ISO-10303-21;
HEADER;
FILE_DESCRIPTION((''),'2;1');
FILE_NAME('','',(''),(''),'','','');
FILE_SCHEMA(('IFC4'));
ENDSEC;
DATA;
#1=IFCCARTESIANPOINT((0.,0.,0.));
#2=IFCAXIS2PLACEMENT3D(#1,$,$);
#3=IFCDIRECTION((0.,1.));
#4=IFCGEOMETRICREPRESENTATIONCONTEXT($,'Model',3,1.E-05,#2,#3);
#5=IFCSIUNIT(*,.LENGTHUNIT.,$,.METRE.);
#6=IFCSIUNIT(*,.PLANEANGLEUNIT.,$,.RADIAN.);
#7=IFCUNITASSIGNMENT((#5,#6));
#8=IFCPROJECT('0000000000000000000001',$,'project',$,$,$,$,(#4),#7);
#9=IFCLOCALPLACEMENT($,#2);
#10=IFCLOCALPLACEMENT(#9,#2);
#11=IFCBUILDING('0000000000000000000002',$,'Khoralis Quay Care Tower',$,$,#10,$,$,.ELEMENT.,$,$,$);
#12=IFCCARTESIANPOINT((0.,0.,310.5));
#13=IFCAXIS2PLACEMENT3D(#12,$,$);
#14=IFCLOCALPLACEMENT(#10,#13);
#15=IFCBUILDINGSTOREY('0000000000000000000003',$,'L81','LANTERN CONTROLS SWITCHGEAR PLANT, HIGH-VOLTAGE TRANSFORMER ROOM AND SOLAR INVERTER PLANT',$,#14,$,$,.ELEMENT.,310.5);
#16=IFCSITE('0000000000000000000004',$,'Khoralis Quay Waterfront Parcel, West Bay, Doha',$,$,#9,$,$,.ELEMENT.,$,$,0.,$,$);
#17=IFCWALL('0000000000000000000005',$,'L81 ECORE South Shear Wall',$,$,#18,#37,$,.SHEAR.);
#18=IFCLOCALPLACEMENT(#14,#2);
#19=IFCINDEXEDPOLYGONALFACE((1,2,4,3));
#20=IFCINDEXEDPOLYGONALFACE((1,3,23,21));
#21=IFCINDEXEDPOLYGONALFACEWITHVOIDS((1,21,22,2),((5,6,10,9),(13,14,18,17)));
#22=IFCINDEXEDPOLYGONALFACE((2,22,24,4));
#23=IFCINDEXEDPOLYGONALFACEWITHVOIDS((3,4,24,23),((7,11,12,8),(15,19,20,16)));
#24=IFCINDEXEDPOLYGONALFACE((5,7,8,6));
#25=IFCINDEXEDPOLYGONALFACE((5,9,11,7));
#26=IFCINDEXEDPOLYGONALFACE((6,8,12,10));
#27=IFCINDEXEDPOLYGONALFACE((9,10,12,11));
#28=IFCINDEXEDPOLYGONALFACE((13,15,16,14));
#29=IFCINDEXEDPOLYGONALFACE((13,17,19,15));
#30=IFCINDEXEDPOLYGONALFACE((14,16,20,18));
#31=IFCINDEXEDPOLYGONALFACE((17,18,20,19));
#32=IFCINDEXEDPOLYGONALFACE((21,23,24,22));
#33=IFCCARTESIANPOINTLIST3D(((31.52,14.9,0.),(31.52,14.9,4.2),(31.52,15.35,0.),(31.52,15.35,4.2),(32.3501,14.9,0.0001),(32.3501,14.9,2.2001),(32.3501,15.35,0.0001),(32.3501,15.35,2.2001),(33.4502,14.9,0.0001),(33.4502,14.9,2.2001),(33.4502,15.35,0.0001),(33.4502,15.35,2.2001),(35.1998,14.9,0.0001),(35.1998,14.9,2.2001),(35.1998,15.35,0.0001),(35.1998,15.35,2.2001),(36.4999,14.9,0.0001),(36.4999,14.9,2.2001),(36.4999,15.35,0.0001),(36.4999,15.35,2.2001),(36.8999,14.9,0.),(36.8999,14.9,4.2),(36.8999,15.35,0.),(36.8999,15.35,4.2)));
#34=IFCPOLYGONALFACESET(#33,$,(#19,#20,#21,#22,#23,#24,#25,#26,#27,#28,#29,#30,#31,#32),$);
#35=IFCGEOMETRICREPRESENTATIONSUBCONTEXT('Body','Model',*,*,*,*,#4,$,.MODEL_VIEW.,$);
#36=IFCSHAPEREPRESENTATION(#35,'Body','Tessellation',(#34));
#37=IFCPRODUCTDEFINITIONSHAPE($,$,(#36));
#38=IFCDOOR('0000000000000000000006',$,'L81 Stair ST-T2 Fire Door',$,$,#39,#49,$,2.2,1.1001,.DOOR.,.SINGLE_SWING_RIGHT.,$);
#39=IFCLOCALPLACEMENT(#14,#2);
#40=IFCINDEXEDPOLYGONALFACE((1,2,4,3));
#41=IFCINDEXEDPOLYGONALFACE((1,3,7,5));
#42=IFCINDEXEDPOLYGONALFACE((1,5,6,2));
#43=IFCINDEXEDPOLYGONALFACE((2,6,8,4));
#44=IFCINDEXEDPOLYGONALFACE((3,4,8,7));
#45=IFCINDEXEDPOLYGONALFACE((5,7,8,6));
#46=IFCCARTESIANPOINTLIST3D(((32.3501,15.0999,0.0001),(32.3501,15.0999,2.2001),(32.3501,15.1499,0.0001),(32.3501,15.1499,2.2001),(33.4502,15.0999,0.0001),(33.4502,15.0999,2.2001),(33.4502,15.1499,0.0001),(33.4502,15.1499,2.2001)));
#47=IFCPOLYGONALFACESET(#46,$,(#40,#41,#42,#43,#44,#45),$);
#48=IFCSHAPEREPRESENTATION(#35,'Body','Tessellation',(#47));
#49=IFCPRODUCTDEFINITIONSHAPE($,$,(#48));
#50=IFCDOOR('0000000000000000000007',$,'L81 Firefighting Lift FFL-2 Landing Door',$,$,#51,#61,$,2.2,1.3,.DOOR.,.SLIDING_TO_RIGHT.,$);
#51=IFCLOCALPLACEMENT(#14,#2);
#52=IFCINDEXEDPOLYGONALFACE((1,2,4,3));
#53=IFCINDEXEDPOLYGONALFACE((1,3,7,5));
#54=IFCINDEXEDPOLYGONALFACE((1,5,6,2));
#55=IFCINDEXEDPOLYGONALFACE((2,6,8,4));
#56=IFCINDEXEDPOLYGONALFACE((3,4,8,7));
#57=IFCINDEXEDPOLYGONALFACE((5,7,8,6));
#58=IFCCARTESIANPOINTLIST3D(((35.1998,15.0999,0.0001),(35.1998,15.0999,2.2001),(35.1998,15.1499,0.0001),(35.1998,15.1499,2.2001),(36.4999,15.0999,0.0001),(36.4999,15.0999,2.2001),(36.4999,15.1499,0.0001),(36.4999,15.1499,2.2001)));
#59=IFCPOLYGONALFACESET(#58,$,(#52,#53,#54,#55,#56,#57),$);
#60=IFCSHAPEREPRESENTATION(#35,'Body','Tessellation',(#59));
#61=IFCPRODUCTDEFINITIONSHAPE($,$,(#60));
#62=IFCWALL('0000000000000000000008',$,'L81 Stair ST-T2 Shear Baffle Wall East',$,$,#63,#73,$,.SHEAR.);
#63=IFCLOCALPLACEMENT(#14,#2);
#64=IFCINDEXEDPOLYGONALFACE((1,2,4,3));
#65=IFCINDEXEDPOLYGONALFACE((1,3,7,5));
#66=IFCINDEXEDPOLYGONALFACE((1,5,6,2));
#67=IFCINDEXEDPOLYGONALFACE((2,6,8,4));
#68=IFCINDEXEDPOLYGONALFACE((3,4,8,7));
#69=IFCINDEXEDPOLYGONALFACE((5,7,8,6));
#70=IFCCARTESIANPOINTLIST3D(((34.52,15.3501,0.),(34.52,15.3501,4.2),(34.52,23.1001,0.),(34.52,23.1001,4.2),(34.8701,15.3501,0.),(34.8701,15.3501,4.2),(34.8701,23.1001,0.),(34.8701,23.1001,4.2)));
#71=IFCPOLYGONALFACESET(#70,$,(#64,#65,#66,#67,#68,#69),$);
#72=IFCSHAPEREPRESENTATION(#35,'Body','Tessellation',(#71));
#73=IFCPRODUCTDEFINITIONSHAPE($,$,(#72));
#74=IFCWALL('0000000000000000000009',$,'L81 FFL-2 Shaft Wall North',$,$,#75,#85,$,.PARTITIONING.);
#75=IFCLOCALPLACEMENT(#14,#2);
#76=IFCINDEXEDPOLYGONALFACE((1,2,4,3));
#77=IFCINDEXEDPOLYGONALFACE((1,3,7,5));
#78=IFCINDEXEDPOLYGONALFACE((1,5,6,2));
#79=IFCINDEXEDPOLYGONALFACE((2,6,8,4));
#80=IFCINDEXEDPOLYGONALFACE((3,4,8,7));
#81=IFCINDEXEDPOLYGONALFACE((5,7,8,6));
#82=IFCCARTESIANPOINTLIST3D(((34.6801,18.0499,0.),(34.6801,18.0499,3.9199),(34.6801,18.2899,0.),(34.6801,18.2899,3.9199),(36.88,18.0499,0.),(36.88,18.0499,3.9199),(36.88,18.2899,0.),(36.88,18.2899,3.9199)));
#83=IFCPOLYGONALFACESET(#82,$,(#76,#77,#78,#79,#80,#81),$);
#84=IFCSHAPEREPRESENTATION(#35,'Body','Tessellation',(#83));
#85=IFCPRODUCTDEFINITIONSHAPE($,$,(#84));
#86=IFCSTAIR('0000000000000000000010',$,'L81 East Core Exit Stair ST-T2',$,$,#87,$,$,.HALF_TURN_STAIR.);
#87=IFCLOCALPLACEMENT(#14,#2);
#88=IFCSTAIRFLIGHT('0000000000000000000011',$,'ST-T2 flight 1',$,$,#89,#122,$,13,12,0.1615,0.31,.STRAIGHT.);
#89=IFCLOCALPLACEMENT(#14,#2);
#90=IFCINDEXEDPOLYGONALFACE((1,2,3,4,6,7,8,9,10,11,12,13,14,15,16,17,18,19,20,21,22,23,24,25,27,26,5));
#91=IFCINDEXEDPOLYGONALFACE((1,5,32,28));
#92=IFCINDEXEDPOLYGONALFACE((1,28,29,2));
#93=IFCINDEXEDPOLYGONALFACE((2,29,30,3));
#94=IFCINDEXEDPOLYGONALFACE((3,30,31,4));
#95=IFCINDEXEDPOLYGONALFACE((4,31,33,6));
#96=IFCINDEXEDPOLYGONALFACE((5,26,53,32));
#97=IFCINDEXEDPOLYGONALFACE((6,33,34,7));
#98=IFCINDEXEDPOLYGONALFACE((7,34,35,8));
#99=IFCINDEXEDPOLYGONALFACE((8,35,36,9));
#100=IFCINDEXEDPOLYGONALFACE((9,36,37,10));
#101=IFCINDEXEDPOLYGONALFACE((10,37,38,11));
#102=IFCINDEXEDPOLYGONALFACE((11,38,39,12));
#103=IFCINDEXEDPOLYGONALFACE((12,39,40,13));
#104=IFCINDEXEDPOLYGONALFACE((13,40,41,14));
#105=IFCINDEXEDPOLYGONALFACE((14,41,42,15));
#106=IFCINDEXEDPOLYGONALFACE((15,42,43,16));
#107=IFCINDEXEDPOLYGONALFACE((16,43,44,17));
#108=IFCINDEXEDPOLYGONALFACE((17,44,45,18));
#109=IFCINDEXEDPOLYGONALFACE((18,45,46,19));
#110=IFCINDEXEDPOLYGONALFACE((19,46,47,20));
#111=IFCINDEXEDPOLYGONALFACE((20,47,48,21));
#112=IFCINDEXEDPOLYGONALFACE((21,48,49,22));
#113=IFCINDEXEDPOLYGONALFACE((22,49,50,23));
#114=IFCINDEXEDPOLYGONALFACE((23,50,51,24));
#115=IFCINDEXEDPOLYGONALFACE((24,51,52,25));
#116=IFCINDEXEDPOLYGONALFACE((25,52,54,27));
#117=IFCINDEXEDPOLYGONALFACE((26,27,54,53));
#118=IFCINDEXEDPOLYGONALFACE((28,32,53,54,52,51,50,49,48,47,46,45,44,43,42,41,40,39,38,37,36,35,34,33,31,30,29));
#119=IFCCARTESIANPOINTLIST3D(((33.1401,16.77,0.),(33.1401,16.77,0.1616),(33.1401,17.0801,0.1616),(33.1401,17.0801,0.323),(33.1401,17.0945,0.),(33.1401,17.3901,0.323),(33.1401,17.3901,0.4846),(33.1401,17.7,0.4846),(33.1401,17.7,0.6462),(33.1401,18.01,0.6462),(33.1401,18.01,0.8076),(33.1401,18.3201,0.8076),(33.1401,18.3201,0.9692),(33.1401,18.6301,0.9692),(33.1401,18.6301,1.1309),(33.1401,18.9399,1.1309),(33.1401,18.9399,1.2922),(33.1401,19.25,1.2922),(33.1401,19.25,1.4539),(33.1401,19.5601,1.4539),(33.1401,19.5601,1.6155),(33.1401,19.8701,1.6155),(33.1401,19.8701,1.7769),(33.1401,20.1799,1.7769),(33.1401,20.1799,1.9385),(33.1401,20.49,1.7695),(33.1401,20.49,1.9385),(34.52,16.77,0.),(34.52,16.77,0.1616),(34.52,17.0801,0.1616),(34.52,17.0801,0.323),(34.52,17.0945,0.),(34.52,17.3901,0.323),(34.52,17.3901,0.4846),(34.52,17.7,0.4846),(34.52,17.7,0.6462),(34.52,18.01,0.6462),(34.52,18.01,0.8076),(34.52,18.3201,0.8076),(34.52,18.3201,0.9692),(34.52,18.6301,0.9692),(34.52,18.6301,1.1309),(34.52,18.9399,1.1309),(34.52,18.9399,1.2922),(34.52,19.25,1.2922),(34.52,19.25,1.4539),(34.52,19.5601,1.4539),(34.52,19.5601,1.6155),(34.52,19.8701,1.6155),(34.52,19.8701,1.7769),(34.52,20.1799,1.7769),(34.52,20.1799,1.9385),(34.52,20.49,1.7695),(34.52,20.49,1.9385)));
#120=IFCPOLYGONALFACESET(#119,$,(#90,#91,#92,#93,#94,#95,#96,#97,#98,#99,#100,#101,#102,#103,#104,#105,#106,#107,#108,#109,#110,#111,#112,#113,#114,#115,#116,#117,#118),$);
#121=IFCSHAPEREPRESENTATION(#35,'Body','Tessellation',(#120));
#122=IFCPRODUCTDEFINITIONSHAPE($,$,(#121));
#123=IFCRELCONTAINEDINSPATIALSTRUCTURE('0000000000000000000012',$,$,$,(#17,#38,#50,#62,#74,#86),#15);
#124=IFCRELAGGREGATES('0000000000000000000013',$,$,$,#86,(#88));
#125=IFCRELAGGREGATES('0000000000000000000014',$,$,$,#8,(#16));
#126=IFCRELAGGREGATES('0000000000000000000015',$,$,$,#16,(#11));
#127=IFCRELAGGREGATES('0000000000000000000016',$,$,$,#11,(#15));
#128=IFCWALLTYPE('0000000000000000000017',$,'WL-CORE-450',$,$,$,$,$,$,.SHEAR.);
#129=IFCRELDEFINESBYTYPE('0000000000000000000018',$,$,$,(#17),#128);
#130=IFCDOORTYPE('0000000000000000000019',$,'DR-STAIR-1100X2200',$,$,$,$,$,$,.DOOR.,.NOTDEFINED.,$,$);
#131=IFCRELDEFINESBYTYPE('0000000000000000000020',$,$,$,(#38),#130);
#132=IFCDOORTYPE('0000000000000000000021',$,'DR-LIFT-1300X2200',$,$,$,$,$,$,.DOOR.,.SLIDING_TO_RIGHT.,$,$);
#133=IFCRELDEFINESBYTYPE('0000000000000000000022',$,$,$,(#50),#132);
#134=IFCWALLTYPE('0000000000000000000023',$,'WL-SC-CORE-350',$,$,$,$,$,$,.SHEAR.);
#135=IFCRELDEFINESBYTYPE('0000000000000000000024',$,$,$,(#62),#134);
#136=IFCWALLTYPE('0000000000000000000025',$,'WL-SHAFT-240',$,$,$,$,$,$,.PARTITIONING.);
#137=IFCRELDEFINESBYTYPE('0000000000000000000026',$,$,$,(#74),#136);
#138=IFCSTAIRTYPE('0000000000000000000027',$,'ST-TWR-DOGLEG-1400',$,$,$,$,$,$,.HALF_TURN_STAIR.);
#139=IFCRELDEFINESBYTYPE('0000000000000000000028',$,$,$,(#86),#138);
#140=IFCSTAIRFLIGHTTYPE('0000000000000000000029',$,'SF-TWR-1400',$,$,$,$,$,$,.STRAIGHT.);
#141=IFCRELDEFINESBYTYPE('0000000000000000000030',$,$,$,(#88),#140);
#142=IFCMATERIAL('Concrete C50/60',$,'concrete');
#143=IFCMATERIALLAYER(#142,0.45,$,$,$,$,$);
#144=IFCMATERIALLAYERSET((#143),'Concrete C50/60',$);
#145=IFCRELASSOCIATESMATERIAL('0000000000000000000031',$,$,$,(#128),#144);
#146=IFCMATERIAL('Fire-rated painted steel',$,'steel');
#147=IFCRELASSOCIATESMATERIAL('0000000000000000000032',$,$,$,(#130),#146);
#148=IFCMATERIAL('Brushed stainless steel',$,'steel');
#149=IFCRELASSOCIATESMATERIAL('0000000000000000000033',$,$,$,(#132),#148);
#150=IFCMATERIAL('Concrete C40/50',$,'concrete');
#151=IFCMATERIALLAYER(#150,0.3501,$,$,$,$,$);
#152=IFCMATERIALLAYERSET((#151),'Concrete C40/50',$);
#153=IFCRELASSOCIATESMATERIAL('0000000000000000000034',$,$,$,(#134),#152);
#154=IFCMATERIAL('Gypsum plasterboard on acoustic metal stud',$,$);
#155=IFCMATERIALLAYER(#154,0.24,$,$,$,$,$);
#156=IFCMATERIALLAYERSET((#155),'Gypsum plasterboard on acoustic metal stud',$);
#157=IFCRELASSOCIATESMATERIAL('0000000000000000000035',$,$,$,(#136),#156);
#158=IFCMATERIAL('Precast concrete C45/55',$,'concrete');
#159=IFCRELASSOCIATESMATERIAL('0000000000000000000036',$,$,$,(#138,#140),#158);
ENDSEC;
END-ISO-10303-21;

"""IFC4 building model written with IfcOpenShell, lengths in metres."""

from ifc_helpers import new_model, si_unit, direction, frame, frame_2d, origin, place, context, subcontext, project, spatial, polyline, rectangle, outline, extrude, source, transform, mapped, material, layer, layer_set, type_object, element, fill, aggregate, save


model = new_model("IFC4")

# Units and contexts
model_context = context("Model", 3, precision=1e-05, world=origin(), true_north=direction((0.0, 1.0)))
body_context = subcontext(model_context, "Body", "Model", "MODEL_VIEW")
ifc_project = project(units=[si_unit("LENGTHUNIT", "METRE"), si_unit("PLANEANGLEUNIT", "RADIAN")], contexts=[model_context])

# Site, building, storey
site_placement = place(None, origin())
site = spatial("IfcSite", under=ifc_project, at=site_placement, Name="Khoralis Quay Waterfront Parcel, West Bay, Doha", CompositionType="ELEMENT", RefElevation=0.0)
building_placement = place(site_placement, origin())
building = spatial("IfcBuilding", under=site, at=building_placement, Name="Khoralis Quay Care Tower", CompositionType="ELEMENT")
storey_placement = place(building_placement, frame((0.0, 0.0, 310.5)))
storey = spatial("IfcBuildingStorey", under=building, at=storey_placement, Name="L81", Description="LANTERN CONTROLS SWITCHGEAR PLANT, HIGH-VOLTAGE TRANSFORMER ROOM AND SOLAR INVERTER PLANT", CompositionType="ELEMENT", Elevation=310.5)

# Shared definitions
ifc_material_1 = material(Name="Gypsum plasterboard on acoustic metal stud")
ifc_material_2 = material(Name="Concrete C50/60", Category="concrete")
ifc_layer_1 = layer(ifc_material_2, 0.45)
ifc_layer_set_1 = layer_set([ifc_layer_1], Name="Concrete C50/60")
wall_type_1 = type_object("IfcWallType", Name="WL-CORE-450", PredefinedType="SHEAR", material=ifc_layer_set_1)

# Shared definitions
ifc_material_3 = material(Name="Fire-rated painted steel", Category="steel")
door_type_1 = type_object("IfcDoorType", Name="DR-STAIR-1100X2200", OperationType="NOTDEFINED", PredefinedType="DOOR", material=ifc_material_3)
shared_shape_1 = source(origin(), body_context, "Body", "SweptSolid", [
    extrude(rectangle(XDim=1.1001, YDim=2.2, at=frame_2d((0.55, 1.1001))), frame((0.0, 0.0249, 0.0), z_axis=(0.0, -1.0, 0.0), x_axis=(1.0, 0.0, 0.0)), (0.0, 0.0, 1.0), 0.05),
])

# Wall, openings, doors
wall_1_placement = place(storey_placement, frame((31.52, 15.125, 0.0), z_axis=(0.0, 0.0, 1.0), x_axis=(1.0, 0.0, 0.0)))
wall_1 = element("IfcWall", 1, at=wall_1_placement, inside=storey, type_object=wall_type_1, Name="L81 ECORE South Shear Wall", PredefinedType="SHEAR", context=body_context, shape_type="SweptSolid", body=[
    extrude(rectangle(XDim=5.3799, YDim=0.45, at=frame_2d((2.6899, 0.0))), origin(), (0.0, 0.0, 1.0), 4.2),
])
opening_1_placement = place(wall_1_placement, frame((0.8301, 0.0, 0.0)))
opening_1 = element("IfcOpeningElement", 2, at=opening_1_placement, cuts=wall_1, PredefinedType="OPENING", context=body_context, shape_type="SweptSolid", body=[
    extrude(rectangle(XDim=1.1001, YDim=2.2, at=frame_2d((0.55, 1.1001))), frame((0.0, 0.2349, 0.0), z_axis=(0.0, -1.0, 0.0), x_axis=(1.0, 0.0, 0.0)), (0.0, 0.0, 1.0), 0.47),
])
opening_2_placement = place(wall_1_placement, frame((3.6799, 0.0, 0.0)))
opening_2 = element("IfcOpeningElement", 3, at=opening_2_placement, cuts=wall_1, PredefinedType="OPENING", context=body_context, shape_type="SweptSolid", body=[
    extrude(rectangle(XDim=1.3, YDim=2.2, at=frame_2d((0.6499, 1.1001))), frame((0.0, 0.2349, 0.0), z_axis=(0.0, -1.0, 0.0), x_axis=(1.0, 0.0, 0.0)), (0.0, 0.0, 1.0), 0.47),
])
door_1_placement = place(opening_1_placement, origin())
door_1 = element("IfcDoor", 4, at=door_1_placement, inside=storey, type_object=door_type_1, Name="L81 Stair ST-T2 Fire Door", OperationType="SINGLE_SWING_RIGHT", OverallHeight=2.2, OverallWidth=1.1001, PredefinedType="DOOR", context=body_context, shape_type="MappedRepresentation", body=[
    mapped(shared_shape_1, transform((0.0, 0.0, 0.0), scale=1.0)),
])
fill(opening_1, door_1)
ifc_material_4 = material(Name="Brushed stainless steel", Category="steel")
door_type_2 = type_object("IfcDoorType", Name="DR-LIFT-1300X2200", OperationType="SLIDING_TO_RIGHT", PredefinedType="DOOR", material=ifc_material_4)
shared_shape_2 = source(origin(), body_context, "Body", "SweptSolid", [
    extrude(rectangle(XDim=1.3, YDim=2.2, at=frame_2d((0.6499, 1.1001))), frame((0.0, 0.0249, 0.0), z_axis=(0.0, -1.0, 0.0), x_axis=(1.0, 0.0, 0.0)), (0.0, 0.0, 1.0), 0.05),
])
door_2_placement = place(opening_2_placement, origin())
door_2 = element("IfcDoor", 5, at=door_2_placement, inside=storey, type_object=door_type_2, Name="L81 Firefighting Lift FFL-2 Landing Door", OperationType="SLIDING_TO_RIGHT", OverallHeight=2.2, OverallWidth=1.3, PredefinedType="DOOR", context=body_context, shape_type="MappedRepresentation", body=[
    mapped(shared_shape_2, transform((0.0, 0.0, 0.0), scale=1.0)),
])
fill(opening_2, door_2)

# Walls
ifc_material_5 = material(Name="Concrete C40/50", Category="concrete")
ifc_layer_2 = layer(ifc_material_5, 0.3501)
ifc_layer_set_2 = layer_set([ifc_layer_2], Name="Concrete C40/50")
wall_type_2 = type_object("IfcWallType", Name="WL-SC-CORE-350", PredefinedType="SHEAR", material=ifc_layer_set_2)
wall_2_placement = place(storey_placement, frame((34.6951, 15.3501, 0.0), z_axis=(0.0, 0.0, 1.0), x_axis=(0.0, 1.0, 0.0)))
element("IfcWall", 6, at=wall_2_placement, inside=storey, type_object=wall_type_2, Name="L81 Stair ST-T2 Shear Baffle Wall East", PredefinedType="SHEAR", context=body_context, shape_type="SweptSolid", body=[
    extrude(rectangle(XDim=7.75, YDim=0.3501, at=frame_2d((3.875, 0.0))), origin(), (0.0, 0.0, 1.0), 4.2),
])
ifc_layer_3 = layer(ifc_material_1, 0.24)
ifc_layer_set_3 = layer_set([ifc_layer_3], Name="Gypsum plasterboard on acoustic metal stud")
wall_type_3 = type_object("IfcWallType", Name="WL-SHAFT-240", PredefinedType="PARTITIONING", material=ifc_layer_set_3)
wall_3_placement = place(storey_placement, frame((34.6799, 18.1699, 0.0), z_axis=(0.0, 0.0, 1.0), x_axis=(1.0, 0.0, 0.0)))
element("IfcWall", 7, at=wall_3_placement, inside=storey, type_object=wall_type_3, Name="L81 FFL-2 Shaft Wall North", PredefinedType="PARTITIONING", context=body_context, shape_type="SweptSolid", body=[
    extrude(rectangle(XDim=2.2, YDim=0.24, at=frame_2d((1.1001, 0.0))), origin(), (0.0, 0.0, 1.0), 3.9199),
])

# Stair, stair flight
ifc_material_6 = material(Name="Precast concrete C45/55", Category="concrete")
stair_type = type_object("IfcStairType", Name="ST-TWR-DOGLEG-1400", PredefinedType="HALF_TURN_STAIR", material=ifc_material_6)
stair_placement = place(storey_placement, origin())
stair = element("IfcStair", 8, at=stair_placement, inside=storey, type_object=stair_type, Name="L81 East Core Exit Stair ST-T2", PredefinedType="HALF_TURN_STAIR")
stair_flight_type = type_object("IfcStairFlightType", Name="SF-TWR-1400", PredefinedType="STRAIGHT", material=ifc_material_6)
shared_shape_3 = source(origin(), body_context, "Body", "SweptSolid", [
    extrude(outline(polyline([(0.0, 0.0), (0.0, 0.1616), (0.3101, 0.1616), (0.3101, 0.323), (0.6201, 0.323), (0.6201, 0.4846), (0.9299, 0.4846), (0.9299, 0.6462), (1.24, 0.6462), (1.24, 0.8076), (1.55, 0.8076), (1.55, 0.9692), (1.8601, 0.9692), (1.8601, 1.1309), (2.1699, 1.1309), (2.1699, 1.2922), (2.48, 1.2922), (2.48, 1.4539), (2.79, 1.4539), (2.79, 1.6155), (3.1001, 1.6155), (3.1001, 1.7769), (3.4099, 1.7769), (3.4099, 1.9385), (3.72, 1.9385), (3.72, 2.1001), (3.72, 1.7695), (0.3245, 0.0), (0.0, 0.0)])), frame((0.0, 0.6899, 0.0), z_axis=(0.0, -1.0, 0.0), x_axis=(1.0, 0.0, 0.0)), (0.0, 0.0, 1.0), 1.3799),
])
stair_flight_placement = place(storey_placement, frame((33.8301, 16.77, 0.0), z_axis=(0.0, 0.0, 1.0), x_axis=(0.0, 1.0, 0.0)))
stair_flight = element("IfcStairFlight", 9, at=stair_flight_placement, type_object=stair_flight_type, Name="ST-T2 flight 1", NumberOfRisers=13, NumberOfTreads=12, PredefinedType="STRAIGHT", RiserHeight=0.1615, TreadLength=0.31, context=body_context, shape_type="MappedRepresentation", body=[
    mapped(shared_shape_3, transform((0.0, 0.0, 0.0), scale=1.0)),
])
aggregate(stair, [stair_flight])

save(model, "model.ifc")
